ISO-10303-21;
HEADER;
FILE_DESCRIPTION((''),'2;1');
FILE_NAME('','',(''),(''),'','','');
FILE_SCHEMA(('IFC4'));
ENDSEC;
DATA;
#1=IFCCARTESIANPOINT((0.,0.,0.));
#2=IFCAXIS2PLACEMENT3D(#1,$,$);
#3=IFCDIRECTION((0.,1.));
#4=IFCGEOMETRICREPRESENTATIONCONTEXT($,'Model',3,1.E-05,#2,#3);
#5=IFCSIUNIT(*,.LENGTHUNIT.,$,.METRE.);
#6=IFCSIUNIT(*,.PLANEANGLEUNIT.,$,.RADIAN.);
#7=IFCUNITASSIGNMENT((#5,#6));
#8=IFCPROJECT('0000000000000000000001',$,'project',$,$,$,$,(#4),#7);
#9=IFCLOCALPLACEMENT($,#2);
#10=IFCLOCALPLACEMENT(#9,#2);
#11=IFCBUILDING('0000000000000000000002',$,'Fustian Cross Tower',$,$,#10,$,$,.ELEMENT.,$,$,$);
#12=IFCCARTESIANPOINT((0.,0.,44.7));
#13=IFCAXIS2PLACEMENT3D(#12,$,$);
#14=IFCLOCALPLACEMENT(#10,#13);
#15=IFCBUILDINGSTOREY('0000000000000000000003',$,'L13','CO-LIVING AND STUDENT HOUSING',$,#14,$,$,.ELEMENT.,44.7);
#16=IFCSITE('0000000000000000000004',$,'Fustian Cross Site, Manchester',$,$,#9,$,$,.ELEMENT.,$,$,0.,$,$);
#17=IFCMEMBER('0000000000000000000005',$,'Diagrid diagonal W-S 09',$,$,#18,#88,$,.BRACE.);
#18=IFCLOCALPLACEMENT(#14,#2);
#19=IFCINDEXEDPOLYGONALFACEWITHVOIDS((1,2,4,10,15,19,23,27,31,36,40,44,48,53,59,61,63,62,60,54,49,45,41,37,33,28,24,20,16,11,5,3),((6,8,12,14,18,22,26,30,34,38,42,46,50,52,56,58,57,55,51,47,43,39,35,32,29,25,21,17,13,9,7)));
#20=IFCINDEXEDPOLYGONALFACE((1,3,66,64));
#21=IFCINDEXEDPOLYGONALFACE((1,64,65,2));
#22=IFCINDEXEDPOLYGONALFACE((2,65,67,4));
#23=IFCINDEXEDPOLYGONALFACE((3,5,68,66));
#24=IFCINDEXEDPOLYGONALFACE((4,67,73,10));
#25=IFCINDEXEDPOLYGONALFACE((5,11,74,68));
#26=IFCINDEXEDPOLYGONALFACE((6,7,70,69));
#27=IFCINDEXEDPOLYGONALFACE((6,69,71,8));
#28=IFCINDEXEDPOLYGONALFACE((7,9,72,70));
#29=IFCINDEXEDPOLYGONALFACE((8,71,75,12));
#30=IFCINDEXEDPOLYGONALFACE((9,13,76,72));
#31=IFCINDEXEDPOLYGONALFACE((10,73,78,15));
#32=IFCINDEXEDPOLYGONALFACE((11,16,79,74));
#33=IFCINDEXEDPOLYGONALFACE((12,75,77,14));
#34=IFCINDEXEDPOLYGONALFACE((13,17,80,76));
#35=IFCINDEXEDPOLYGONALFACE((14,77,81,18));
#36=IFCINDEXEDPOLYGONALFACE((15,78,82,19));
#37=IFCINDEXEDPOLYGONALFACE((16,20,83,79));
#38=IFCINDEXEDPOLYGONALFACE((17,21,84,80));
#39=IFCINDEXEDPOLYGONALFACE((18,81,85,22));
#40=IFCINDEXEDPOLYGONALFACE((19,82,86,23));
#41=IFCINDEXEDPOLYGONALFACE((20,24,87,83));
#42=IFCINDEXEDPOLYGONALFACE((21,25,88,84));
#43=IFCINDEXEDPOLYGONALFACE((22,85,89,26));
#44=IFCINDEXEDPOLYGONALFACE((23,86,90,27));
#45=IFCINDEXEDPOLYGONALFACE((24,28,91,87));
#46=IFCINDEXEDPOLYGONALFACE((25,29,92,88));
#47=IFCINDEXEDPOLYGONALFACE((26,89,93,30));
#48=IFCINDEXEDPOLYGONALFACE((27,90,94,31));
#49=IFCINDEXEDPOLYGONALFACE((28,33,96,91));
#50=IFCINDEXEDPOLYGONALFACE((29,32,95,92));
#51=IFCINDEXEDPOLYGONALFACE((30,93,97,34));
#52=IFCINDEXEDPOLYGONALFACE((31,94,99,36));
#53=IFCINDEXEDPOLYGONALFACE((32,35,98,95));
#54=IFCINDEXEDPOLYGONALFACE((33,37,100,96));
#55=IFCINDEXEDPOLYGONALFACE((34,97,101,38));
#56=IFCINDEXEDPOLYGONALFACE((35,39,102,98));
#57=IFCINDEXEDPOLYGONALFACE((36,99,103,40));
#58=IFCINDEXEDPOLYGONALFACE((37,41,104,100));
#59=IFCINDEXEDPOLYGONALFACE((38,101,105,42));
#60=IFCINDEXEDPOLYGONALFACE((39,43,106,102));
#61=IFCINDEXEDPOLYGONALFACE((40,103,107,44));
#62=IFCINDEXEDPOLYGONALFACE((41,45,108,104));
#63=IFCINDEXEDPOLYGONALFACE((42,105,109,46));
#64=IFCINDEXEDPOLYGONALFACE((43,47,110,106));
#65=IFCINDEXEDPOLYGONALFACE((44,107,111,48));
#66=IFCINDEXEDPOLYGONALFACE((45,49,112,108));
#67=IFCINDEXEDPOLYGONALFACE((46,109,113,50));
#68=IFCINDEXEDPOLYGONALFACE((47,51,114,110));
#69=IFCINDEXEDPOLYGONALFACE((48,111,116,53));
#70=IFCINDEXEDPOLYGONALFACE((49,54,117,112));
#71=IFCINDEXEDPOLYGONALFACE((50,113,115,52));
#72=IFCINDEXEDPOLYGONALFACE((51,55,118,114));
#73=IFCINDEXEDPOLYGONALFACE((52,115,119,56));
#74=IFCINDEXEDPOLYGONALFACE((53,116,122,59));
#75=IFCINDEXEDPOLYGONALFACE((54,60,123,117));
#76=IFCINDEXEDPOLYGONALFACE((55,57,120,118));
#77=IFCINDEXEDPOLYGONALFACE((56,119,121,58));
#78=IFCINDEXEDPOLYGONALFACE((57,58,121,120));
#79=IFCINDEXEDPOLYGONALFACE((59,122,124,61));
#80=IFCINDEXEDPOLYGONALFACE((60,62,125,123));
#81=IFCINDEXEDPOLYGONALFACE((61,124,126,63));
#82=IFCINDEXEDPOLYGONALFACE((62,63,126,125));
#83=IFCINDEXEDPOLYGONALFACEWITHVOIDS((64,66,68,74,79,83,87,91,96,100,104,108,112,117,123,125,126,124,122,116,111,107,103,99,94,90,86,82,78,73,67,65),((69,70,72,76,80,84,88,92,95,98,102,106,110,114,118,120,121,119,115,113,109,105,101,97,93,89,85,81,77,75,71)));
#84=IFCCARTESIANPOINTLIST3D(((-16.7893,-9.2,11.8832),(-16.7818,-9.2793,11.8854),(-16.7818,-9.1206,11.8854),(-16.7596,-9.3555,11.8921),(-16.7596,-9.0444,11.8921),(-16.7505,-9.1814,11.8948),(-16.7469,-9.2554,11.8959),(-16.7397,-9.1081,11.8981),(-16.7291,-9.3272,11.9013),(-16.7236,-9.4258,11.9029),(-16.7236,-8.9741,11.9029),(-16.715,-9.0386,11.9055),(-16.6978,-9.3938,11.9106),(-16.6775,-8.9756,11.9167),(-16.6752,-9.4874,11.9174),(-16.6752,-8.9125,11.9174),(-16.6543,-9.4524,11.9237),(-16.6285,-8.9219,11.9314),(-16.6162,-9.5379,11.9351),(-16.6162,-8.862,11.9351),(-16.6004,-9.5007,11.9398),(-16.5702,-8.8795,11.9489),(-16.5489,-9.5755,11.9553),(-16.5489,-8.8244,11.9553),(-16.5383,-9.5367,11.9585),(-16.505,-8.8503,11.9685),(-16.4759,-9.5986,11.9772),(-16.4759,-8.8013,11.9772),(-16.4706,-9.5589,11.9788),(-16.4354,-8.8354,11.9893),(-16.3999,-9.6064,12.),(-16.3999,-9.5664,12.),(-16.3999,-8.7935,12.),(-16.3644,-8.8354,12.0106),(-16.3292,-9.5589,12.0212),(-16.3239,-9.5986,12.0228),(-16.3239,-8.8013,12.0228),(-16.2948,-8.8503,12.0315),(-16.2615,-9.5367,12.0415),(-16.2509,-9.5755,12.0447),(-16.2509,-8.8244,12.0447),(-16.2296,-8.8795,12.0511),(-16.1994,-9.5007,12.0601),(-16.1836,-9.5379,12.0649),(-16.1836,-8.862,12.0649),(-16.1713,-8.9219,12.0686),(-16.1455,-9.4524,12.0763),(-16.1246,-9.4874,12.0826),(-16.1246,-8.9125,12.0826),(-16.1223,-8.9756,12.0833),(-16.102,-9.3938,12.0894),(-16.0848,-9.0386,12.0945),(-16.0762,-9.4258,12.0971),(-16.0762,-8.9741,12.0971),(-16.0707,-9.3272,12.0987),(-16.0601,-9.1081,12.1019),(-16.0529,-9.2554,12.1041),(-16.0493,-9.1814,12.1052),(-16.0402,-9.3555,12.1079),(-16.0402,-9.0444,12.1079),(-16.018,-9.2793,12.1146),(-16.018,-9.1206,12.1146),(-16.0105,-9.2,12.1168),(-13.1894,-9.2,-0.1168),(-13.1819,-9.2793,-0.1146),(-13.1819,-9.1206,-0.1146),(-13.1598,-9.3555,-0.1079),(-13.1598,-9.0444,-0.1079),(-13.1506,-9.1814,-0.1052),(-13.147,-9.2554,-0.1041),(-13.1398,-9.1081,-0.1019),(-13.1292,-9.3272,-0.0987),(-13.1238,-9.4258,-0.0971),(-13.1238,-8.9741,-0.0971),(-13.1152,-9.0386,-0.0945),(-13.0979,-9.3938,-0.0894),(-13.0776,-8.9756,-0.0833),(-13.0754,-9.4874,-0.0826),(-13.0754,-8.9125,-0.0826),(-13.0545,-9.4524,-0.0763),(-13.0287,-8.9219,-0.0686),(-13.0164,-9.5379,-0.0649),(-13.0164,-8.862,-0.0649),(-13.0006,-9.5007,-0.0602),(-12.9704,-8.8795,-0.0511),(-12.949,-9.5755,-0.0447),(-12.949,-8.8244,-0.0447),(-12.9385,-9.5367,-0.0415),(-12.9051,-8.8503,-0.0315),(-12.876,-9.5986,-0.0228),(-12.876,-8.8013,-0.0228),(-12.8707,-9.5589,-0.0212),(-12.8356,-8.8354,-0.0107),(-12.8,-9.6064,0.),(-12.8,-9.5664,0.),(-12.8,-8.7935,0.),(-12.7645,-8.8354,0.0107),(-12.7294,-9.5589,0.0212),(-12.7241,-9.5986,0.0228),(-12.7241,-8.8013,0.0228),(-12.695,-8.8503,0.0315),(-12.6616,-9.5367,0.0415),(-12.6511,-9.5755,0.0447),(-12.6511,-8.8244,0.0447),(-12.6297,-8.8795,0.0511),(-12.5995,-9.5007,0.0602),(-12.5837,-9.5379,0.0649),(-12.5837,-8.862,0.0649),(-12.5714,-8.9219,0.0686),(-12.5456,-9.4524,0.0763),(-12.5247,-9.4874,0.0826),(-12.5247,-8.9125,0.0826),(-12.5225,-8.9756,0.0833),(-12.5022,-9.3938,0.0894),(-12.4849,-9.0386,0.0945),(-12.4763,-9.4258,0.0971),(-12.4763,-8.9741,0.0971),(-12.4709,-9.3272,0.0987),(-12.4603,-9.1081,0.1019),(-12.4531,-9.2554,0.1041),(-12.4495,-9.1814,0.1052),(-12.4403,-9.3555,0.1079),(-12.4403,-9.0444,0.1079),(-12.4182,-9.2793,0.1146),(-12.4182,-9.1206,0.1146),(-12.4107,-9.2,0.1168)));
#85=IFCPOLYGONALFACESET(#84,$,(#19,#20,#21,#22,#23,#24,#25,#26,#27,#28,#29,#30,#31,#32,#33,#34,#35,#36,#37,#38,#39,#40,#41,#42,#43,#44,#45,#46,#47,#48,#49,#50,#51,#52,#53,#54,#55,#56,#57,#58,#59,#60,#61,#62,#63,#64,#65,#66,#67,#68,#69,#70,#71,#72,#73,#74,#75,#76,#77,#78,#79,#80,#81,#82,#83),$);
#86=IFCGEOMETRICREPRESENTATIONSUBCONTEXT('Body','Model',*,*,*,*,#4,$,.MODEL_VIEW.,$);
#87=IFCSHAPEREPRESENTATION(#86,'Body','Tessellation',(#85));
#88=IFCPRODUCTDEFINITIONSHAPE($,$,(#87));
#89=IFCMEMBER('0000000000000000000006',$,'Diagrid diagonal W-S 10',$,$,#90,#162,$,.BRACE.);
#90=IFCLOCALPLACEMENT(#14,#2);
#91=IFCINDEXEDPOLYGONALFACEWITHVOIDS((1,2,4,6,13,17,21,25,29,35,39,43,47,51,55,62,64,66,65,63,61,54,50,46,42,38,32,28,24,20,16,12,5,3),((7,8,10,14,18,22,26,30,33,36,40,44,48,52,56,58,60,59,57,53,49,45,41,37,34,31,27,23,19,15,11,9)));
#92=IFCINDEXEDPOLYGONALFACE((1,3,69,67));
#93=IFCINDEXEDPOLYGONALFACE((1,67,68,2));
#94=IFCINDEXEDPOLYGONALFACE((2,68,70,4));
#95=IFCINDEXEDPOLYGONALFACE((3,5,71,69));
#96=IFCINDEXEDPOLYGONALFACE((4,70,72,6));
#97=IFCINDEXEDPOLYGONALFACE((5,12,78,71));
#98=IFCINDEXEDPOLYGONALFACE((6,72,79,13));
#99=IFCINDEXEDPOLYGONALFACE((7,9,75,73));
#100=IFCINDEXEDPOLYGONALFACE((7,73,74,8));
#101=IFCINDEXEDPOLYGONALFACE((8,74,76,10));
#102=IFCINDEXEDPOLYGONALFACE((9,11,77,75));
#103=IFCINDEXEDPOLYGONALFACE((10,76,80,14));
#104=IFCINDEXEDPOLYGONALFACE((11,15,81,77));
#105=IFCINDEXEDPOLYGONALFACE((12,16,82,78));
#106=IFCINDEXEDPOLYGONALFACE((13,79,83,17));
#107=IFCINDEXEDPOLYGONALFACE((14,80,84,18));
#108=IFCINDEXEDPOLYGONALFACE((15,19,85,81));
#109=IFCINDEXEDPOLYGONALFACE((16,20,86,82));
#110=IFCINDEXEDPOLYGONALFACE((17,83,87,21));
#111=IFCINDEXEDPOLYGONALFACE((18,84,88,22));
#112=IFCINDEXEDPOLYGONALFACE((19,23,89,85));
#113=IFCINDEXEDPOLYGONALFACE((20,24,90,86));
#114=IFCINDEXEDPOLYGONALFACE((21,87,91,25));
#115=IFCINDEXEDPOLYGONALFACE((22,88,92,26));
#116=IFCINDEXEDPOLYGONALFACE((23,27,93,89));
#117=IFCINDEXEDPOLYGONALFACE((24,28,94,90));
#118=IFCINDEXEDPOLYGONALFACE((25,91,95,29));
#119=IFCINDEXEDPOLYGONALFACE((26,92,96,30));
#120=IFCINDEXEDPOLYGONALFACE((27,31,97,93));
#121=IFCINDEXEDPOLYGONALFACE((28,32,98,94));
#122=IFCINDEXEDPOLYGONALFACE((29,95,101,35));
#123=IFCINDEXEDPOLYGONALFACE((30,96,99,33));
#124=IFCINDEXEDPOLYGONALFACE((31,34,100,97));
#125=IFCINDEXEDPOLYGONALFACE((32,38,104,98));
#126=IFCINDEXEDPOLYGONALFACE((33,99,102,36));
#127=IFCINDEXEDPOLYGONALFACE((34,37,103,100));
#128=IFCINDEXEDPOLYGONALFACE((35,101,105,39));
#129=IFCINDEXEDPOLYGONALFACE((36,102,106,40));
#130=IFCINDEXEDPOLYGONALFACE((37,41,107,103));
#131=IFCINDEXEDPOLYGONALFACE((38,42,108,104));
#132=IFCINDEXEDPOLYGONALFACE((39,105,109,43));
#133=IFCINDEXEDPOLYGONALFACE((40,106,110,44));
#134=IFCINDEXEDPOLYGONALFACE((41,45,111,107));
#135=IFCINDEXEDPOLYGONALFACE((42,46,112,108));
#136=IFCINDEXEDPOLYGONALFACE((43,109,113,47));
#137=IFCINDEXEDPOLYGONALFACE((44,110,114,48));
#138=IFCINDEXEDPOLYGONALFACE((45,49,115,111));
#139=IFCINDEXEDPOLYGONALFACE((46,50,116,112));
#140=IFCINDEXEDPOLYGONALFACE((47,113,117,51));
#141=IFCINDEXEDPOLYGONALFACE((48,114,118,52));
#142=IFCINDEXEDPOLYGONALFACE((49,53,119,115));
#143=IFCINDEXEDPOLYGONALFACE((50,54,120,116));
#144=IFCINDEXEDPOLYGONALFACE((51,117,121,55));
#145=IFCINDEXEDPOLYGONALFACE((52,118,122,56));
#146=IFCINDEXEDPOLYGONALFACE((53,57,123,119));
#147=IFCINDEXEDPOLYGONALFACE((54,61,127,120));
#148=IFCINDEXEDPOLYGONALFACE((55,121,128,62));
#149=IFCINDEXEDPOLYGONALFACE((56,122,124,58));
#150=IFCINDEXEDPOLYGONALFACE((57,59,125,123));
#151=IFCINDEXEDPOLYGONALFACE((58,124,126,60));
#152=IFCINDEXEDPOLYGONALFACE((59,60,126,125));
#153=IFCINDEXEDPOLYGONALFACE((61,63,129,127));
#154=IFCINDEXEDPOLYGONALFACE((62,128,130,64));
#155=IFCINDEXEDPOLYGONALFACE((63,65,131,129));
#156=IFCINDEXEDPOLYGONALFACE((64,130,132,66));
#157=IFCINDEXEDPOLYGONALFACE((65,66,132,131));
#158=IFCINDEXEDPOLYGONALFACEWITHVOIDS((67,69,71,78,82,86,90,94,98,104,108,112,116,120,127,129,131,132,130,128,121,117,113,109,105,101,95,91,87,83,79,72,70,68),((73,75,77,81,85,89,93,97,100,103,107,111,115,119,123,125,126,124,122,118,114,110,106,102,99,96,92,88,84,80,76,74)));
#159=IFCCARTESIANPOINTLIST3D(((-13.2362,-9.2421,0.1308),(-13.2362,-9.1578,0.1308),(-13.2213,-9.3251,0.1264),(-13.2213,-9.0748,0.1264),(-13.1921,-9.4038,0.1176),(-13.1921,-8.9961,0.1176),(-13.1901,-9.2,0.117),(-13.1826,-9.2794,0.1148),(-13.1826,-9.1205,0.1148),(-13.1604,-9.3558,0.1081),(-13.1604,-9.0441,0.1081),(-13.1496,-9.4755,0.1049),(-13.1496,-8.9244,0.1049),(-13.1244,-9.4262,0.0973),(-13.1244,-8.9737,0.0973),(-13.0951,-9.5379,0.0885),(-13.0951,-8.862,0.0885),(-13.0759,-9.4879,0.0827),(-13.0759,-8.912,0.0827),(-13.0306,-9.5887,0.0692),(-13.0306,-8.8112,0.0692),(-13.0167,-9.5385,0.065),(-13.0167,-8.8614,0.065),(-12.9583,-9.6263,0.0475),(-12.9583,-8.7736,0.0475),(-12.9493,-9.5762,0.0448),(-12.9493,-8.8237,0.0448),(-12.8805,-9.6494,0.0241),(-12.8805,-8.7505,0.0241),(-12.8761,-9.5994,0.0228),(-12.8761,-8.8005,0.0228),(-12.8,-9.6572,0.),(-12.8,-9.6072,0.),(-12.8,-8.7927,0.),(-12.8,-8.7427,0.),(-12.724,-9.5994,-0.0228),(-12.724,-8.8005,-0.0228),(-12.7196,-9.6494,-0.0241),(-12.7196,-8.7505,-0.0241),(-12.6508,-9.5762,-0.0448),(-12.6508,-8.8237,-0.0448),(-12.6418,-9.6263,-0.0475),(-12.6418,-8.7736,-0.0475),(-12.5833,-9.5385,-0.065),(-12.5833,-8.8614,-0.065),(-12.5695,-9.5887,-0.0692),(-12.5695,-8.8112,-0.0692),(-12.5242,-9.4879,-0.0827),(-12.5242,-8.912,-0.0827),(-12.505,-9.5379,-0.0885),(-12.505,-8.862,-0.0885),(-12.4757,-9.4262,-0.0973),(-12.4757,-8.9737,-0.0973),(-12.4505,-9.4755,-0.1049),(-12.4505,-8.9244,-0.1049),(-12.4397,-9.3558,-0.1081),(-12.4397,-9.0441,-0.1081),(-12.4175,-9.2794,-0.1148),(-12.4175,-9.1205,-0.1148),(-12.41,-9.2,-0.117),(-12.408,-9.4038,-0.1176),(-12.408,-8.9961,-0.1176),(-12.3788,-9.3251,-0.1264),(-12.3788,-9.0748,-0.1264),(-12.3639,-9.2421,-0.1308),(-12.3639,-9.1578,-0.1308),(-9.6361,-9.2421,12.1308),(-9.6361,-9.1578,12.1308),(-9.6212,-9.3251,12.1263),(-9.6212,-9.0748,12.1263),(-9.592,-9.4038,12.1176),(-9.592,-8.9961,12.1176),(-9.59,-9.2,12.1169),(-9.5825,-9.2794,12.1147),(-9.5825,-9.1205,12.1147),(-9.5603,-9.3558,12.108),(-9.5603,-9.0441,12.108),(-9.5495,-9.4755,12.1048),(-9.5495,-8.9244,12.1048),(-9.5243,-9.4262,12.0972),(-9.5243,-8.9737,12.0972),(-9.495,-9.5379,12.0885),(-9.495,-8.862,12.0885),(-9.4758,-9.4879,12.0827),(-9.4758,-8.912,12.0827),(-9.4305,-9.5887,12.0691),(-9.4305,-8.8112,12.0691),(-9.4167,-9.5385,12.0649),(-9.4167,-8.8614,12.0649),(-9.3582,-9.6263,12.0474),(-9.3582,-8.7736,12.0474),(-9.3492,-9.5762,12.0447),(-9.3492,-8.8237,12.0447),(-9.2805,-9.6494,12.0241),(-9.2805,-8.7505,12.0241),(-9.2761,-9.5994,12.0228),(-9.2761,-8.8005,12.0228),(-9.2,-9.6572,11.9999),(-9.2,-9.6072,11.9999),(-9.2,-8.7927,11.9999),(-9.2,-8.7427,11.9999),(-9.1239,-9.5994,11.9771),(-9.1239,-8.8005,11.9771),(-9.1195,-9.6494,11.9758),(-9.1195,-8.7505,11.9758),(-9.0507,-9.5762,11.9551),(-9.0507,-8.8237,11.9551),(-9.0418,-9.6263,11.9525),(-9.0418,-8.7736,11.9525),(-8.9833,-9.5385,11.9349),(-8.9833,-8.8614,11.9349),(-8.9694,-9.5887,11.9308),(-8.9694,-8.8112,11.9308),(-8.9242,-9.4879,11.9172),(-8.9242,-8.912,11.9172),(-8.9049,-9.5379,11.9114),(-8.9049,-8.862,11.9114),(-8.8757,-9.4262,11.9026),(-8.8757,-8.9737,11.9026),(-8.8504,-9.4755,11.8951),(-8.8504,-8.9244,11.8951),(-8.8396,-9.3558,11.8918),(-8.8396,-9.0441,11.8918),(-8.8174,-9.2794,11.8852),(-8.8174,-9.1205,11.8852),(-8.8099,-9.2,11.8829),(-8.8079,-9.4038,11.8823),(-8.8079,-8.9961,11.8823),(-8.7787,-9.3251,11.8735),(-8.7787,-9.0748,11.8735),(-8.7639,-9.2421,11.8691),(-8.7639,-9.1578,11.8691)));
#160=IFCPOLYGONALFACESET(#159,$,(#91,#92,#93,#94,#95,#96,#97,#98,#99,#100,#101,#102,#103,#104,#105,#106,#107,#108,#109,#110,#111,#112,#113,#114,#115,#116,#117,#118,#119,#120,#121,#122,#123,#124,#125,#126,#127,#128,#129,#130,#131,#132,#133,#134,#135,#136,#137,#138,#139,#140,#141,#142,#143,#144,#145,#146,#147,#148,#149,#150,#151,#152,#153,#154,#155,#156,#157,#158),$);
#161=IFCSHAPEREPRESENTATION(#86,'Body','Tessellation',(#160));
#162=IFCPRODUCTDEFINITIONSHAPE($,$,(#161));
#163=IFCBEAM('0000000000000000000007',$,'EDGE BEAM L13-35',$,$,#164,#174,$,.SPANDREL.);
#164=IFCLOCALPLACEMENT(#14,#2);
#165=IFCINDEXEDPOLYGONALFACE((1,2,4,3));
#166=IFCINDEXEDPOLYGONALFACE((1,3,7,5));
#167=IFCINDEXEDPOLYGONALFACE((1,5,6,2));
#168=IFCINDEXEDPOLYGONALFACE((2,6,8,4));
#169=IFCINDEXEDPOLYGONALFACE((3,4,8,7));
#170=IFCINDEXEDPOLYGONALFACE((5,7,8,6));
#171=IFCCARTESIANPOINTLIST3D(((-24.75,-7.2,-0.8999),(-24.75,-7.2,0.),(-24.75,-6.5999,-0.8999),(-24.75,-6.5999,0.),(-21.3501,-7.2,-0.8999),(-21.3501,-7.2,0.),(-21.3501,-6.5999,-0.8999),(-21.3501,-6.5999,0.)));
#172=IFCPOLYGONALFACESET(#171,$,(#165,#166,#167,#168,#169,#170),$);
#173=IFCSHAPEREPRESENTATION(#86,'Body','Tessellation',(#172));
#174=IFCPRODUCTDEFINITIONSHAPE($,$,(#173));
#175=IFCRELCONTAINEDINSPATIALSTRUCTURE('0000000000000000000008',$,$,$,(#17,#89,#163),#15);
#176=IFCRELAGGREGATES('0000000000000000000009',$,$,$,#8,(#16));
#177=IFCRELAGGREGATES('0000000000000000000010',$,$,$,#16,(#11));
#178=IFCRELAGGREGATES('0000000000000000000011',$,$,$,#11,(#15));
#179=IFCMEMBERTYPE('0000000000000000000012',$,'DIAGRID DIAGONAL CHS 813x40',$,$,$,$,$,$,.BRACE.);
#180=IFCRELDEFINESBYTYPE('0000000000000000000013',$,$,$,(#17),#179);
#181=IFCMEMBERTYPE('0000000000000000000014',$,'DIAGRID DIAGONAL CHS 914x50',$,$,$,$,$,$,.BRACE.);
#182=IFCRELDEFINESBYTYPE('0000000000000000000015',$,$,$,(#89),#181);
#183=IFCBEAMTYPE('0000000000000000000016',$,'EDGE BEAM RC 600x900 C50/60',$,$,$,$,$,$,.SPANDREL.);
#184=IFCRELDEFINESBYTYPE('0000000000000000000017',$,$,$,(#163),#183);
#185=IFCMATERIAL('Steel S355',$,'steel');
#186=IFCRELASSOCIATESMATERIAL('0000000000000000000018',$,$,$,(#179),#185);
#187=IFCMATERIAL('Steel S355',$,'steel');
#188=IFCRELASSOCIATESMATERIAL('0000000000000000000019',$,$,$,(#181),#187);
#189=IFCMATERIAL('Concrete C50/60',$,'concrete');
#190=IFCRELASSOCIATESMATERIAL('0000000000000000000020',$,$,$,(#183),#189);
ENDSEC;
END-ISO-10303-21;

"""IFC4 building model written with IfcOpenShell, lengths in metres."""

from ifc_helpers import new_model, si_unit, direction, frame, origin, origin_2d, place, context, subcontext, project, spatial, rectangle, hollow_circle, extrude, material, material_profile, profile_set, type_object, element, save


model = new_model("IFC4")

# Units and contexts
model_context = context("Model", 3, precision=1e-05, world=origin(), true_north=direction((0.0, 1.0)))
body_context = subcontext(model_context, "Body", "Model", "MODEL_VIEW")
ifc_project = project(units=[si_unit("LENGTHUNIT", "METRE"), si_unit("PLANEANGLEUNIT", "RADIAN")], contexts=[model_context])

# Site, building, storey
site_placement = place(None, origin())
site = spatial("IfcSite", under=ifc_project, at=site_placement, Name="Fustian Cross Site, Manchester", CompositionType="ELEMENT", RefElevation=0.0)
building_placement = place(site_placement, origin())
building = spatial("IfcBuilding", under=site, at=building_placement, Name="Fustian Cross Tower", CompositionType="ELEMENT")
storey_placement = place(building_placement, frame((0.0, 0.0, 44.7)))
storey = spatial("IfcBuildingStorey", under=building, at=storey_placement, Name="L13", Description="CO-LIVING AND STUDENT HOUSING", CompositionType="ELEMENT", Elevation=44.7)

# Members
ifc_material_1 = material(Name="Steel S355", Category="steel")
ifc_material_profile_1 = material_profile(ifc_material_1, hollow_circle(Radius=0.4065, WallThickness=0.04, at=origin_2d()), Name="CHS 813x40")
ifc_profile_set_1 = profile_set([ifc_material_profile_1], Name="Steel S355")
member_type_1 = type_object("IfcMemberType", Name="DIAGRID DIAGONAL CHS 813x40", PredefinedType="BRACE", material=ifc_profile_set_1)
for number, where, z_axis, x_axis, name in (
    (1, (-12.8, -9.2, 0.0), (-0.287337, 0.0, 0.95783), (0.0, -1.0, 0.0), "Diagrid diagonal W-S 09"),
):
    element("IfcMember", number, at=place(storey_placement, frame(where, z_axis=z_axis, x_axis=x_axis)), inside=storey, type_object=member_type_1, Name=name, PredefinedType="BRACE", context=body_context, shape_type="SweptSolid", body=[
        extrude(hollow_circle(Radius=0.4065, WallThickness=0.04, at=origin_2d()), origin(), (0.0, 0.0, 1.0), 12.5283),
    ])
ifc_material_2 = material(Name="Steel S355", Category="steel")
ifc_material_profile_2 = material_profile(ifc_material_2, hollow_circle(Radius=0.4573, WallThickness=0.05, at=origin_2d()), Name="CHS 914x50")
ifc_profile_set_2 = profile_set([ifc_material_profile_2], Name="Steel S355")
member_type_2 = type_object("IfcMemberType", Name="DIAGRID DIAGONAL CHS 914x50", PredefinedType="BRACE", material=ifc_profile_set_2)
member_placement = place(storey_placement, frame((-12.8, -9.2, 0.0), z_axis=(0.287355, 0.0, 0.957824), x_axis=(0.0, 1.0, 0.0)))
element("IfcMember", 2, at=member_placement, inside=storey, type_object=member_type_2, Name="Diagrid diagonal W-S 10", PredefinedType="BRACE", context=body_context, shape_type="SweptSolid", body=[
    extrude(hollow_circle(Radius=0.4573, WallThickness=0.05, at=origin_2d()), origin(), (0.0, 0.0, 1.0), 12.5283),
])

# Beam
ifc_material_3 = material(Name="Concrete C50/60", Category="concrete")
ifc_material_profile_3 = material_profile(ifc_material_3, rectangle(XDim=0.6001, YDim=0.8999, at=origin_2d()), Name="RC 600x900")
ifc_profile_set_3 = profile_set([ifc_material_profile_3], Name="Concrete C50/60")
beam_type = type_object("IfcBeamType", Name="EDGE BEAM RC 600x900 C50/60", PredefinedType="SPANDREL", material=ifc_profile_set_3)
beam_placement = place(storey_placement, frame((-24.75, -6.8999, -0.45), z_axis=(1.0, 0.0, 0.0), x_axis=(0.0, 1.0, 0.0)))
element("IfcBeam", 3, at=beam_placement, inside=storey, type_object=beam_type, Name="EDGE BEAM L13-35", PredefinedType="SPANDREL", context=body_context, shape_type="SweptSolid", body=[
    extrude(rectangle(XDim=0.6001, YDim=0.8999, at=origin_2d()), origin(), (0.0, 0.0, 1.0), 3.3999),
])

save(model, "model.ifc")
